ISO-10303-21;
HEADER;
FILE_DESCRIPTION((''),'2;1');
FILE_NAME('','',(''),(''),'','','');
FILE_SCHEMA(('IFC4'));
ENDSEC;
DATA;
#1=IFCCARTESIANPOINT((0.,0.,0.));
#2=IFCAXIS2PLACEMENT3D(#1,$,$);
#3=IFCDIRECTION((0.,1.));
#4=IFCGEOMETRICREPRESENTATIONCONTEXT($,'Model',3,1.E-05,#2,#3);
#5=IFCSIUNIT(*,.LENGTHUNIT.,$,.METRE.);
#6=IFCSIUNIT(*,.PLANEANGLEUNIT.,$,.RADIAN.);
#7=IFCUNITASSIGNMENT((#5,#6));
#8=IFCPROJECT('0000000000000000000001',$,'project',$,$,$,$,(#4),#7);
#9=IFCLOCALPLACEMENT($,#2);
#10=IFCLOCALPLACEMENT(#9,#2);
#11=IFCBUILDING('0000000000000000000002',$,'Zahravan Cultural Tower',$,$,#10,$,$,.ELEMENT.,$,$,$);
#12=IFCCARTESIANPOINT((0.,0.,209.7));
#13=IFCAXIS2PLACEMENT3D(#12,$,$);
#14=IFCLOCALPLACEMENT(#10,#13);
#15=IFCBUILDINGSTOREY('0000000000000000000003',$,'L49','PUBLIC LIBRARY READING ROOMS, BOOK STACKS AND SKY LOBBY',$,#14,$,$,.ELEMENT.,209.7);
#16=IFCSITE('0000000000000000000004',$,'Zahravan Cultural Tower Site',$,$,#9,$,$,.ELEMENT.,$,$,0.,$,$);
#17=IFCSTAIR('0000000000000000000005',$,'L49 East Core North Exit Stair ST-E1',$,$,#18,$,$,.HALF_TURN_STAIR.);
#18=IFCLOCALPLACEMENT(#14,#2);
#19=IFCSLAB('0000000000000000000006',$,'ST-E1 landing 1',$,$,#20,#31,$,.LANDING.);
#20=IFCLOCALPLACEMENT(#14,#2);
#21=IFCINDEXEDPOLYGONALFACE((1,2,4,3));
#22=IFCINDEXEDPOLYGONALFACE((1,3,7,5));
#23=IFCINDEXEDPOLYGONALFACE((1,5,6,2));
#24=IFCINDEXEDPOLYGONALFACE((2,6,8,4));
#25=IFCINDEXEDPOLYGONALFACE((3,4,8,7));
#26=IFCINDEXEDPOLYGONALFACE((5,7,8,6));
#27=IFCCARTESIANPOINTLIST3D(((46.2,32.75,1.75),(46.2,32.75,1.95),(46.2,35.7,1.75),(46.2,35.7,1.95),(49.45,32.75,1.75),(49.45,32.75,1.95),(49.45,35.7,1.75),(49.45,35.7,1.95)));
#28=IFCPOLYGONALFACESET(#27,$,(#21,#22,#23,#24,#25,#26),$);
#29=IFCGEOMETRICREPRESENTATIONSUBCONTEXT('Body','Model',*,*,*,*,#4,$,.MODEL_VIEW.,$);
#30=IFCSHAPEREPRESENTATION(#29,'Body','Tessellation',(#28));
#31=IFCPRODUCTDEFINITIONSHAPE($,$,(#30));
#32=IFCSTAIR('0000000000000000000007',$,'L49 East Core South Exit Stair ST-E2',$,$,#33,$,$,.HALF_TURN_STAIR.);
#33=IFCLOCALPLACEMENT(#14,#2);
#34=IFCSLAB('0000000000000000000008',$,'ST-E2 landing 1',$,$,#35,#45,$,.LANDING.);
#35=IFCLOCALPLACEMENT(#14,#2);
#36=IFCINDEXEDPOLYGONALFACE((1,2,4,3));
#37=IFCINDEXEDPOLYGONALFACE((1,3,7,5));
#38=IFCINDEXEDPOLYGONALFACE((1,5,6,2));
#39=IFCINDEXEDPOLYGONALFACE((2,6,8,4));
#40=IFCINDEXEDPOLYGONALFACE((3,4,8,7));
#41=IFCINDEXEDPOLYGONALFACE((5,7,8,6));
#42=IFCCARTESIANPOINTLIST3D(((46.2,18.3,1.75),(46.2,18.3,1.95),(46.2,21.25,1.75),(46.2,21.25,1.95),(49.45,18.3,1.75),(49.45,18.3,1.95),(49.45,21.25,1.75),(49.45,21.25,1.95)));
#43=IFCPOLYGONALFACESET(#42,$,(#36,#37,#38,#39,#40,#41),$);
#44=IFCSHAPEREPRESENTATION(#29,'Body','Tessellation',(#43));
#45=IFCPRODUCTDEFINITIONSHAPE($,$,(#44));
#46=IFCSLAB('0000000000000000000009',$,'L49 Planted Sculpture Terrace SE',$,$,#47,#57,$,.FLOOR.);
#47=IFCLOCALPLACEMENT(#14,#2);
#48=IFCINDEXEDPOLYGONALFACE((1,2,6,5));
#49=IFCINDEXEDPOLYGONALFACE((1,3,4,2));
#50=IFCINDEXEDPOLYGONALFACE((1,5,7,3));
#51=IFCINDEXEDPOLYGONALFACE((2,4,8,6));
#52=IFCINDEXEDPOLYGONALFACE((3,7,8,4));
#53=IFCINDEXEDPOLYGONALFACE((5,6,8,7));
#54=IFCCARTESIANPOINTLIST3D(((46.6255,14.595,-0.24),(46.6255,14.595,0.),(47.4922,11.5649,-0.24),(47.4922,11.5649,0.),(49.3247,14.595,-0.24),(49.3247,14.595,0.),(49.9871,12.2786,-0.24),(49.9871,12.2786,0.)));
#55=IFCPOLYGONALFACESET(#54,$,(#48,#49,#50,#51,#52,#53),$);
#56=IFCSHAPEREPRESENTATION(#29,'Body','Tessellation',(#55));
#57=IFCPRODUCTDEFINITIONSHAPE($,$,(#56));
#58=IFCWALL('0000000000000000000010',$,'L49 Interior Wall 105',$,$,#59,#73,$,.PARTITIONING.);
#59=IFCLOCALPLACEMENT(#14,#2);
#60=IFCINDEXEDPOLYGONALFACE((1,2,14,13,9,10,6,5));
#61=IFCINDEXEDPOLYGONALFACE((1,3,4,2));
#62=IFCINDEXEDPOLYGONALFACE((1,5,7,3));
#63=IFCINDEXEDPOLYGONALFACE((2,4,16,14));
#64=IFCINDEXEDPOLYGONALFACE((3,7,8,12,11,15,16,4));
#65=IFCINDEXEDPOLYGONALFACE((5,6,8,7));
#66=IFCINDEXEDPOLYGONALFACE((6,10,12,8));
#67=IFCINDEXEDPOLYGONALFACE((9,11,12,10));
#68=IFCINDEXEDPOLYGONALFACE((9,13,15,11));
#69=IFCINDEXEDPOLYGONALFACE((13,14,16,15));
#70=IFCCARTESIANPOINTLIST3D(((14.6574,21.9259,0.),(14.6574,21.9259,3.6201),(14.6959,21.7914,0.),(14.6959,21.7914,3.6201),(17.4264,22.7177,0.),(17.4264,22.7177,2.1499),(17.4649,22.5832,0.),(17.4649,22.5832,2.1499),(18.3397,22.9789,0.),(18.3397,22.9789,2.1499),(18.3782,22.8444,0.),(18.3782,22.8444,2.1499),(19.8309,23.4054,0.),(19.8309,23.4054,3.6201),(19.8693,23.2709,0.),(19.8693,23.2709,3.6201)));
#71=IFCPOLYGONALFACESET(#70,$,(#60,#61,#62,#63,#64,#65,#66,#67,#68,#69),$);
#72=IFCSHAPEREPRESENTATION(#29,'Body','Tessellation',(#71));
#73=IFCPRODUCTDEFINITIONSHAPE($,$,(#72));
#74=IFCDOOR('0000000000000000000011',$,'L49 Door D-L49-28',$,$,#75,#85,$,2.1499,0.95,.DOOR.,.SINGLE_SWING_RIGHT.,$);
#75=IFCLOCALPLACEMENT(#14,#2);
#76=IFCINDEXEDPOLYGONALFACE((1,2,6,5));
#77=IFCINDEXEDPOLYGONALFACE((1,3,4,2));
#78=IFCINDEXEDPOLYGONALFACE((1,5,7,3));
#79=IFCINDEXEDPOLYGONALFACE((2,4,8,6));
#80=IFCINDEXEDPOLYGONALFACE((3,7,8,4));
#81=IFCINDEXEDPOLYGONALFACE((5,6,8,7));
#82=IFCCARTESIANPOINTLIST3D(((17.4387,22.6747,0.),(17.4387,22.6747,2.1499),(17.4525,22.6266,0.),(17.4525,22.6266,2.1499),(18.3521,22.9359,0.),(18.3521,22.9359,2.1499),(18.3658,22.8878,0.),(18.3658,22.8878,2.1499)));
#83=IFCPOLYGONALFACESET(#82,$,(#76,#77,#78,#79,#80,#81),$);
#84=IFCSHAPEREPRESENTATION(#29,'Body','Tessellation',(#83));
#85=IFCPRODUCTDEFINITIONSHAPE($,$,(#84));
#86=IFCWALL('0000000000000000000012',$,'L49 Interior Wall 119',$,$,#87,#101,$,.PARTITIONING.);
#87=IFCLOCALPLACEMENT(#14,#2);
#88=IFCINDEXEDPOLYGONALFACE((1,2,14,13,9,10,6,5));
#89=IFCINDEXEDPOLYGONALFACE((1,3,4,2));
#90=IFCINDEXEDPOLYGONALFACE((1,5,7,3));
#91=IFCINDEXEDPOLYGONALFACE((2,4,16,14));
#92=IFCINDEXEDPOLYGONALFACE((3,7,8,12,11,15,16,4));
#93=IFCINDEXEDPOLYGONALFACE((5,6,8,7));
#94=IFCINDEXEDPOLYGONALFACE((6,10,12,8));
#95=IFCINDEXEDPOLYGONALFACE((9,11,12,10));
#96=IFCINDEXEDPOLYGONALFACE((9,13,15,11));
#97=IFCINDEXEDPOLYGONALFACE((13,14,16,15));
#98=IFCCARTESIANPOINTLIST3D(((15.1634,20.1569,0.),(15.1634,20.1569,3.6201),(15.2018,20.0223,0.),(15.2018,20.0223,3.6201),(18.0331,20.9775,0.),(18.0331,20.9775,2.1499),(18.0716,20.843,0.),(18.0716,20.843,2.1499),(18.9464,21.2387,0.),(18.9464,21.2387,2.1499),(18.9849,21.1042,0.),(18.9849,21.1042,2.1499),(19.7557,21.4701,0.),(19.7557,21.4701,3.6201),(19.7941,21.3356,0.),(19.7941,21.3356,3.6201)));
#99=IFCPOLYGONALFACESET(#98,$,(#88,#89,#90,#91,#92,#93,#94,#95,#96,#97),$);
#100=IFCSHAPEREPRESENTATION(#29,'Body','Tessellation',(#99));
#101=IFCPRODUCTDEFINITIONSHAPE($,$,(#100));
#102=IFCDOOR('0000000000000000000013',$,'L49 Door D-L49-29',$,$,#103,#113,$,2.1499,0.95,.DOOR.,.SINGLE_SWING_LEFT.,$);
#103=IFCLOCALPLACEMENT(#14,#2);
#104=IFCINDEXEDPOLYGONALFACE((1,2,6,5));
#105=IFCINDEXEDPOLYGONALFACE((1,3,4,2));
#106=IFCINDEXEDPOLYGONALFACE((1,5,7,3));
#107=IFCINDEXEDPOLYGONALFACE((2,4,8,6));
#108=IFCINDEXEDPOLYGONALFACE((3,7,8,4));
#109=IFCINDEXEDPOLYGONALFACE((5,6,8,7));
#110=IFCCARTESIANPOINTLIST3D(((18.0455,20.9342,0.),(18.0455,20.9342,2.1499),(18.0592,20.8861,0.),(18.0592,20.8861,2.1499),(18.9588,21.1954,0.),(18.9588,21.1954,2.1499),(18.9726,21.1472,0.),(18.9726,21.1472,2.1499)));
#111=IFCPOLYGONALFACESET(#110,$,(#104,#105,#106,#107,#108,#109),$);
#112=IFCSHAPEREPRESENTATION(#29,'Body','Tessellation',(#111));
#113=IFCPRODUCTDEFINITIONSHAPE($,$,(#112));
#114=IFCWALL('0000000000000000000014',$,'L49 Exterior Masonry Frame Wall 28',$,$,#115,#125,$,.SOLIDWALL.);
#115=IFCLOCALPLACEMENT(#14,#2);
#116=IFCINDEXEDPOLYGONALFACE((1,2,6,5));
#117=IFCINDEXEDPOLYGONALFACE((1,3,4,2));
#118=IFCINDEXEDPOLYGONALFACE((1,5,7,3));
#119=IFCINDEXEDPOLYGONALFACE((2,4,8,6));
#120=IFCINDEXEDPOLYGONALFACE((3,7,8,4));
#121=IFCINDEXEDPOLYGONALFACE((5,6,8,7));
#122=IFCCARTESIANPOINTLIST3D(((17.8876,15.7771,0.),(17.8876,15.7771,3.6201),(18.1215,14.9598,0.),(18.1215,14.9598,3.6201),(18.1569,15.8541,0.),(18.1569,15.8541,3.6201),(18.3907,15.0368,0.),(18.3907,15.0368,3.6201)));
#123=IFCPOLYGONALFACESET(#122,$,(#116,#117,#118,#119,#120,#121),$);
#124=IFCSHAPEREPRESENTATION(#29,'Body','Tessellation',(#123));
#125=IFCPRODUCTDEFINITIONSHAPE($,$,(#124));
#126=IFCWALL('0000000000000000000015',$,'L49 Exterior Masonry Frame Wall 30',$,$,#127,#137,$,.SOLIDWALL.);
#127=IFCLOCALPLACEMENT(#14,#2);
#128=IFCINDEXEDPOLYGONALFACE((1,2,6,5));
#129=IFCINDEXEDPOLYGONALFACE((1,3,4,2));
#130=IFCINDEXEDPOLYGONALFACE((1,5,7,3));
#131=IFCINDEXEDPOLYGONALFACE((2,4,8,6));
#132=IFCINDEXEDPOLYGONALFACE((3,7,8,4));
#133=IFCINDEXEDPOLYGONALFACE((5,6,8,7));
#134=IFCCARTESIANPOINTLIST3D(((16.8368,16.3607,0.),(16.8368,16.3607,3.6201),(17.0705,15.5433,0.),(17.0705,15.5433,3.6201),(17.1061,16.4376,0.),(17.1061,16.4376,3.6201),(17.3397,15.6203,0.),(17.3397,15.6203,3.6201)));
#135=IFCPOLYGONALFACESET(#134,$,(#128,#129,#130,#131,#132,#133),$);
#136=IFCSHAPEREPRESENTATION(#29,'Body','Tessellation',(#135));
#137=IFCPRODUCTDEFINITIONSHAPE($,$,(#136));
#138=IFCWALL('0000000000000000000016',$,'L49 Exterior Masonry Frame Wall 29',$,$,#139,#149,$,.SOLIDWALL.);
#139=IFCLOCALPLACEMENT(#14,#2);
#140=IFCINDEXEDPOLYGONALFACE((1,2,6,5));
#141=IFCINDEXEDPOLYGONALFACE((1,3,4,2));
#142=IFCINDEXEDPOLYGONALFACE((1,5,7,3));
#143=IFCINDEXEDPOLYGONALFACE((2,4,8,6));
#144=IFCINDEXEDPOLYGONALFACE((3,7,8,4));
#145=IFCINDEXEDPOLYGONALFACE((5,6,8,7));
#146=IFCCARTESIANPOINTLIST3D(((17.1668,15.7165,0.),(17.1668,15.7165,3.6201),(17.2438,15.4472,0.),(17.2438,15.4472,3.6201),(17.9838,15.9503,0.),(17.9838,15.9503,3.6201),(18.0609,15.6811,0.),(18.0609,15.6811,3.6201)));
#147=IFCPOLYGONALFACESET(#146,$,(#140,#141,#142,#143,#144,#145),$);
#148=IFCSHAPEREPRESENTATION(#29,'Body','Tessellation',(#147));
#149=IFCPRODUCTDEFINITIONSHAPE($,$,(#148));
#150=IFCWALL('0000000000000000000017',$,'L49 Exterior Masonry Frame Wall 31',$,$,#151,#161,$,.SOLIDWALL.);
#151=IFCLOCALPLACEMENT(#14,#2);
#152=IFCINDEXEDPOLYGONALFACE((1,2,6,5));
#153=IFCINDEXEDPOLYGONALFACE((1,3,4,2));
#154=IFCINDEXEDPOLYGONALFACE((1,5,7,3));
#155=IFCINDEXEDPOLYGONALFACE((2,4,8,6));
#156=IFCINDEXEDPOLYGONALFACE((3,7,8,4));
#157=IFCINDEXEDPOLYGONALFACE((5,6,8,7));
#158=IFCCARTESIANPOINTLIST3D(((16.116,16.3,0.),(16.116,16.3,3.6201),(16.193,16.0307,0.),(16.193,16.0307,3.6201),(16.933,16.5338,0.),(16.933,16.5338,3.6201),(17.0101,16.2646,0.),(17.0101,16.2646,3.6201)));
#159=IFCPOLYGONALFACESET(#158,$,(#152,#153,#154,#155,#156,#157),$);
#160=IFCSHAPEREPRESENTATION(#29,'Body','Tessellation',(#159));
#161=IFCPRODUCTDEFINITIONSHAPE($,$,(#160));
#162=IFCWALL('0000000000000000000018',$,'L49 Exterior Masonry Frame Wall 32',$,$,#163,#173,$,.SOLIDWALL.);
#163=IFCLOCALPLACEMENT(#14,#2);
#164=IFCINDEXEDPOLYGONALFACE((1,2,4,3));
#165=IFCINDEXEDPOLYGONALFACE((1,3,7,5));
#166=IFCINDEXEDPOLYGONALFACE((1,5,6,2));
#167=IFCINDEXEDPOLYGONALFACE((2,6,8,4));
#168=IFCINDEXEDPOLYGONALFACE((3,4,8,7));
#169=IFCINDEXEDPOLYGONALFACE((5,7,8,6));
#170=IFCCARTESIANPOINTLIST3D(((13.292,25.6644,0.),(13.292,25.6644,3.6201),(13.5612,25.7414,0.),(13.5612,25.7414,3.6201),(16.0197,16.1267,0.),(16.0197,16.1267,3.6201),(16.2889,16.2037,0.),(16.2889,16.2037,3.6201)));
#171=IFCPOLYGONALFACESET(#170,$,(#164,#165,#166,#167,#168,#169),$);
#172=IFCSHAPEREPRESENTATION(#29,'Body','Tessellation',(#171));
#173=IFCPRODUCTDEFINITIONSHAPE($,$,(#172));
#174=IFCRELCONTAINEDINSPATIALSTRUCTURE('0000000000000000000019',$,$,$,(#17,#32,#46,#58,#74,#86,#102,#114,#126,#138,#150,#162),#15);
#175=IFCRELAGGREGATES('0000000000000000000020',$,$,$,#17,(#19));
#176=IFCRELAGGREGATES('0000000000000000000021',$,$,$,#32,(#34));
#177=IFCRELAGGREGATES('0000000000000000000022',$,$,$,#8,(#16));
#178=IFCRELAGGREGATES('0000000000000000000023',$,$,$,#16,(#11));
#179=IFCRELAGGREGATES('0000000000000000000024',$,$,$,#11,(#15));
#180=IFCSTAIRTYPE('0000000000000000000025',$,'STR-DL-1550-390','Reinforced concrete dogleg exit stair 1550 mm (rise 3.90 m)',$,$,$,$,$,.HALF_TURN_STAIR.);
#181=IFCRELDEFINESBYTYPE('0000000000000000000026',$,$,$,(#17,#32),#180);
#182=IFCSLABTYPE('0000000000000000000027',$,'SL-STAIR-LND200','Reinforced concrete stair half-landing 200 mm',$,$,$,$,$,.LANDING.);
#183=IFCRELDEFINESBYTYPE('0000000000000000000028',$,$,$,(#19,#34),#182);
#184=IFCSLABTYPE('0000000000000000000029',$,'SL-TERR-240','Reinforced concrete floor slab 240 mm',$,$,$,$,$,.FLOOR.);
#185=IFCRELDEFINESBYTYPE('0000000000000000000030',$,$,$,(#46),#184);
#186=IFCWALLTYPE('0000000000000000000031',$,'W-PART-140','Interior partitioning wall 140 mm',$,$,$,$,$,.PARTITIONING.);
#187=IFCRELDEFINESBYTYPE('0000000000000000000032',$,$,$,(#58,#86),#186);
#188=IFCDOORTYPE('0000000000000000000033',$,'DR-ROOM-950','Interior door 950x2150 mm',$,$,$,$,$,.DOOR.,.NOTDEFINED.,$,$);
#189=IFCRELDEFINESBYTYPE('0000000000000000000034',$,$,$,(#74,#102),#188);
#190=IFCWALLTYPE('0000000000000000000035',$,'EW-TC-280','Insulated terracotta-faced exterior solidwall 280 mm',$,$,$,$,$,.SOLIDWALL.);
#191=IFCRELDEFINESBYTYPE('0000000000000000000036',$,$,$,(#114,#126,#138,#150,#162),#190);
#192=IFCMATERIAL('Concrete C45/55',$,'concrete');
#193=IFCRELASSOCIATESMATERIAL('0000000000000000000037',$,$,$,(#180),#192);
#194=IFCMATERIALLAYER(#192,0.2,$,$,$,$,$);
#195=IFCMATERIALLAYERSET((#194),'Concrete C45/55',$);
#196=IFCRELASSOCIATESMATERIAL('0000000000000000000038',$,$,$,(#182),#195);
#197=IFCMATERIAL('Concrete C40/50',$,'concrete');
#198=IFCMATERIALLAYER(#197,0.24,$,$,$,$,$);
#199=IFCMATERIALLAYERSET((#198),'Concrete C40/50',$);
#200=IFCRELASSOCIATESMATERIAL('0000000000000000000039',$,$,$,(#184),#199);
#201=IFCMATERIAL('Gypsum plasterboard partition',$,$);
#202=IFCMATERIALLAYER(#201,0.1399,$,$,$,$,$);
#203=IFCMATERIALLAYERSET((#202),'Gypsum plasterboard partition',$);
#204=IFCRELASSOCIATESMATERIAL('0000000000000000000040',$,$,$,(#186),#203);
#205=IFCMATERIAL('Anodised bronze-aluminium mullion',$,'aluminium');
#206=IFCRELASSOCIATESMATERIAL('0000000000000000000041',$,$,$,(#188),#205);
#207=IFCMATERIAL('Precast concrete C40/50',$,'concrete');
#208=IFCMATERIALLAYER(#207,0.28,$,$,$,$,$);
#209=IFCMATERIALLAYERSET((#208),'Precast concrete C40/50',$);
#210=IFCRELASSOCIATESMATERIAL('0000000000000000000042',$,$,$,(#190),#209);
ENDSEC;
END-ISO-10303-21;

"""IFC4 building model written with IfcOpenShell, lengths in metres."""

from ifc_helpers import new_model, si_unit, direction, frame, frame_2d, origin, place, context, subcontext, project, spatial, polyline, rectangle, outline, extrude, source, transform, mapped, material, layer, layer_set, type_object, element, fill, aggregate, save


model = new_model("IFC4")

# Units and contexts
model_context = context("Model", 3, precision=1e-05, world=origin(), true_north=direction((0.0, 1.0)))
body_context = subcontext(model_context, "Body", "Model", "MODEL_VIEW")
ifc_project = project(units=[si_unit("LENGTHUNIT", "METRE"), si_unit("PLANEANGLEUNIT", "RADIAN")], contexts=[model_context])

# Site, building, storey
site_placement = place(None, origin())
site = spatial("IfcSite", under=ifc_project, at=site_placement, Name="Zahravan Cultural Tower Site", CompositionType="ELEMENT", RefElevation=0.0)
building_placement = place(site_placement, origin())
building = spatial("IfcBuilding", under=site, at=building_placement, Name="Zahravan Cultural Tower", CompositionType="ELEMENT")
storey_placement = place(building_placement, frame((0.0, 0.0, 209.7)))
storey = spatial("IfcBuildingStorey", under=building, at=storey_placement, Name="L49", Description="PUBLIC LIBRARY READING ROOMS, BOOK STACKS AND SKY LOBBY", CompositionType="ELEMENT", Elevation=209.7)

# Shared definitions
ifc_material_1 = material(Name="Concrete C45/55", Category="concrete")

# Stairs, slabs
stair_type = type_object("IfcStairType", Name="STR-DL-1550-390", Description="Reinforced concrete dogleg exit stair 1550 mm (rise 3.90 m)", PredefinedType="HALF_TURN_STAIR", material=ifc_material_1)
ifc_layer_1 = layer(ifc_material_1, 0.2)
ifc_layer_set_1 = layer_set([ifc_layer_1], Name="Concrete C45/55")
slab_type_1 = type_object("IfcSlabType", Name="SL-STAIR-LND200", Description="Reinforced concrete stair half-landing 200 mm", PredefinedType="LANDING", material=ifc_layer_set_1)
stair_1_placement = place(storey_placement, origin())
stair_1 = element("IfcStair", 1, at=stair_1_placement, inside=storey, type_object=stair_type, Name="L49 East Core North Exit Stair ST-E1", PredefinedType="HALF_TURN_STAIR")
slab_1_placement = place(storey_placement, frame((0.0, 0.0, 1.75)))
slab_1 = element("IfcSlab", 2, at=slab_1_placement, type_object=slab_type_1, Name="ST-E1 landing 1", PredefinedType="LANDING", context=body_context, shape_type="SweptSolid", body=[
    extrude(outline(polyline([(49.45, 32.75), (49.45, 35.7), (46.2, 35.7), (46.2, 32.75), (49.45, 32.75)])), origin(), (0.0, 0.0, 1.0), 0.2),
])
aggregate(stair_1, [slab_1])
stair_2_placement = place(storey_placement, origin())
stair_2 = element("IfcStair", 3, at=stair_2_placement, inside=storey, type_object=stair_type, Name="L49 East Core South Exit Stair ST-E2", PredefinedType="HALF_TURN_STAIR")
slab_2_placement = place(storey_placement, frame((0.0, 0.0, 1.75)))
slab_2 = element("IfcSlab", 4, at=slab_2_placement, type_object=slab_type_1, Name="ST-E2 landing 1", PredefinedType="LANDING", context=body_context, shape_type="SweptSolid", body=[
    extrude(outline(polyline([(46.2, 21.25), (46.2, 18.3), (49.45, 18.3), (49.45, 21.25), (46.2, 21.25)])), origin(), (0.0, 0.0, 1.0), 0.2),
])
aggregate(stair_2, [slab_2])

# Slab
ifc_material_2 = material(Name="Concrete C40/50", Category="concrete")
ifc_layer_2 = layer(ifc_material_2, 0.24)
ifc_layer_set_2 = layer_set([ifc_layer_2], Name="Concrete C40/50")
slab_type_2 = type_object("IfcSlabType", Name="SL-TERR-240", Description="Reinforced concrete floor slab 240 mm", PredefinedType="FLOOR", material=ifc_layer_set_2)
slab_3_placement = place(storey_placement, frame((0.0, 0.0, -0.24)))
element("IfcSlab", 5, at=slab_3_placement, inside=storey, type_object=slab_type_2, Name="L49 Planted Sculpture Terrace SE", PredefinedType="FLOOR", context=body_context, shape_type="SweptSolid", body=[
    extrude(outline(polyline([(49.9871, 12.2786), (49.3247, 14.595), (46.6255, 14.595), (47.4922, 11.5649), (49.9871, 12.2786)])), origin(), (0.0, 0.0, 1.0), 0.24),
])

# Walls, openings, doors
ifc_material_3 = material(Name="Gypsum plasterboard partition")
ifc_layer_3 = layer(ifc_material_3, 0.1399)
ifc_layer_set_3 = layer_set([ifc_layer_3], Name="Gypsum plasterboard partition")
wall_type_1 = type_object("IfcWallType", Name="W-PART-140", Description="Interior partitioning wall 140 mm", PredefinedType="PARTITIONING", material=ifc_layer_set_3)
wall_1_placement = place(storey_placement, frame((19.8501, 23.3381, 0.0), z_axis=(0.0, 0.0, 1.0), x_axis=(-0.961455, -0.274961, 0.0)))
wall_1 = element("IfcWall", 6, at=wall_1_placement, inside=storey, type_object=wall_type_1, Name="L49 Interior Wall 105", PredefinedType="PARTITIONING", context=body_context, shape_type="SweptSolid", body=[
    extrude(rectangle(XDim=5.3809, YDim=0.1399, at=frame_2d((2.6904, 0.0))), origin(), (0.0, 0.0, 1.0), 3.6201),
])
opening_1_placement = place(wall_1_placement, frame((1.5508, 0.0, 0.0)))
opening_1 = element("IfcOpeningElement", 7, at=opening_1_placement, cuts=wall_1, PredefinedType="OPENING", context=body_context, shape_type="SweptSolid", body=[
    extrude(rectangle(XDim=0.95, YDim=2.1499, at=frame_2d((0.4751, 1.075))), frame((0.0, 0.0798, 0.0), z_axis=(0.0, -1.0, 0.0), x_axis=(1.0, 0.0, 0.0)), (0.0, 0.0, 1.0), 0.1599),
])
ifc_material_4 = material(Name="Anodised bronze-aluminium mullion", Category="aluminium")
door_type = type_object("IfcDoorType", Name="DR-ROOM-950", Description="Interior door 950x2150 mm", OperationType="NOTDEFINED", PredefinedType="DOOR", material=ifc_material_4)
shared_shape_1 = source(origin(), body_context, "Body", "SweptSolid", [
    extrude(rectangle(XDim=0.95, YDim=2.1499, at=frame_2d((0.4751, 1.075))), frame((0.0, 0.0249, 0.0), z_axis=(0.0, -1.0, 0.0), x_axis=(1.0, 0.0, 0.0)), (0.0, 0.0, 1.0), 0.05),
])
door_1_placement = place(opening_1_placement, origin())
door_1 = element("IfcDoor", 8, at=door_1_placement, inside=storey, type_object=door_type, Name="L49 Door D-L49-28", OperationType="SINGLE_SWING_RIGHT", OverallHeight=2.1499, OverallWidth=0.95, PredefinedType="DOOR", context=body_context, shape_type="MappedRepresentation", body=[
    mapped(shared_shape_1, transform((0.0, 0.0, 0.0), x_axis=(1.0, 0.0, 0.0), y_axis=(0.0, 1.0, 0.0), z_axis=(0.0, 0.0, 1.0), scale=1.0)),
])
fill(opening_1, door_1)
wall_2_placement = place(storey_placement, frame((15.1826, 20.0896, 0.0), z_axis=(0.0, 0.0, 1.0), x_axis=(0.96146, 0.274944, 0.0)))
wall_2 = element("IfcWall", 9, at=wall_2_placement, inside=storey, type_object=wall_type_1, Name="L49 Interior Wall 119", PredefinedType="PARTITIONING", context=body_context, shape_type="SweptSolid", body=[
    extrude(rectangle(XDim=4.7764, YDim=0.1399, at=frame_2d((2.3882, 0.0))), origin(), (0.0, 0.0, 1.0), 3.6201),
])
opening_2_placement = place(wall_2_placement, frame((2.9846, 0.0, 0.0)))
opening_2 = element("IfcOpeningElement", 10, at=opening_2_placement, cuts=wall_2, PredefinedType="OPENING", context=body_context, shape_type="SweptSolid", body=[
    extrude(rectangle(XDim=0.95, YDim=2.1499, at=frame_2d((0.4751, 1.075))), frame((0.0, 0.0798, 0.0), z_axis=(0.0, -1.0, 0.0), x_axis=(1.0, 0.0, 0.0)), (0.0, 0.0, 1.0), 0.1599),
])
door_2_placement = place(opening_2_placement, origin())
door_2 = element("IfcDoor", 11, at=door_2_placement, inside=storey, type_object=door_type, Name="L49 Door D-L49-29", OperationType="SINGLE_SWING_LEFT", OverallHeight=2.1499, OverallWidth=0.95, PredefinedType="DOOR", context=body_context, shape_type="MappedRepresentation", body=[
    mapped(shared_shape_1, transform((0.0, 0.0, 0.0), x_axis=(1.0, 0.0, 0.0), y_axis=(0.0, 1.0, 0.0), z_axis=(0.0, 0.0, 1.0), scale=1.0)),
])
fill(opening_2, door_2)

# Walls
ifc_material_5 = material(Name="Precast concrete C40/50", Category="concrete")
ifc_layer_4 = layer(ifc_material_5, 0.28)
ifc_layer_set_4 = layer_set([ifc_layer_4], Name="Precast concrete C40/50")
wall_type_2 = type_object("IfcWallType", Name="EW-TC-280", Description="Insulated terracotta-faced exterior solidwall 280 mm", PredefinedType="SOLIDWALL", material=ifc_layer_set_4)
shared_shape_2 = source(origin(), body_context, "Body", "SweptSolid", [
    extrude(rectangle(XDim=0.8501, YDim=0.28, at=frame_2d((0.425, 0.0))), origin(), (0.0, 0.0, 1.0), 3.6201),
])
for number, where, z_axis, x_axis, name in (
    (12, (18.2561, 14.9983, 0.0), (0.0, 0.0, 1.0), (-0.2751, 0.961416, 0.0), "L49 Exterior Masonry Frame Wall 28"),
    (13, (17.2051, 15.5818, 0.0), (0.0, 0.0, 1.0), (-0.274835, 0.961491, 0.0), "L49 Exterior Masonry Frame Wall 30"),
):
    element("IfcWall", number, at=place(storey_placement, frame(where, z_axis=z_axis, x_axis=x_axis)), inside=storey, type_object=wall_type_2, Name=name, PredefinedType="SOLIDWALL", context=body_context, shape_type="MappedRepresentation", body=[
        mapped(shared_shape_2, transform((0.0, 0.0, 0.0), x_axis=(1.0, 0.0, 0.0), y_axis=(0.0, 1.0, 0.0), z_axis=(0.0, 0.0, 1.0), scale=1.0)),
    ])
shared_shape_3 = source(origin(), body_context, "Body", "SweptSolid", [
    extrude(rectangle(XDim=0.8499, YDim=0.28, at=frame_2d((0.4248, 0.0))), origin(), (0.0, 0.0, 1.0), 3.6201),
])
for number, where, z_axis, x_axis, name in (
    (14, (18.0222, 15.8157, 0.0), (0.0, 0.0, 1.0), (-0.961394, -0.275176, 0.0), "L49 Exterior Masonry Frame Wall 29"),
    (15, (16.9714, 16.3992, 0.0), (0.0, 0.0, 1.0), (-0.961394, -0.275176, 0.0), "L49 Exterior Masonry Frame Wall 31"),
):
    element("IfcWall", number, at=place(storey_placement, frame(where, z_axis=z_axis, x_axis=x_axis)), inside=storey, type_object=wall_type_2, Name=name, PredefinedType="SOLIDWALL", context=body_context, shape_type="MappedRepresentation", body=[
        mapped(shared_shape_3, transform((0.0, 0.0, 0.0), x_axis=(1.0, 0.0, 0.0), y_axis=(0.0, 1.0, 0.0), z_axis=(0.0, 0.0, 1.0), scale=1.0)),
    ])
shared_shape_4 = source(origin(), body_context, "Body", "SweptSolid", [
    extrude(rectangle(XDim=9.9202, YDim=0.28, at=frame_2d((4.96, 0.0))), origin(), (0.0, 0.0, 1.0), 3.6201),
])
wall_3_placement = place(storey_placement, frame((16.1543, 16.1653, 0.0), z_axis=(0.0, 0.0, 1.0), x_axis=(-0.274971, 0.961452, 0.0)))
element("IfcWall", 16, at=wall_3_placement, inside=storey, type_object=wall_type_2, Name="L49 Exterior Masonry Frame Wall 32", PredefinedType="SOLIDWALL", context=body_context, shape_type="MappedRepresentation", body=[
    mapped(shared_shape_4, transform((0.0, 0.0, 0.0), x_axis=(1.0, 0.0, 0.0), y_axis=(0.0, 1.0, 0.0), z_axis=(0.0, 0.0, 1.0), scale=1.0)),
])

save(model, "model.ifc")
